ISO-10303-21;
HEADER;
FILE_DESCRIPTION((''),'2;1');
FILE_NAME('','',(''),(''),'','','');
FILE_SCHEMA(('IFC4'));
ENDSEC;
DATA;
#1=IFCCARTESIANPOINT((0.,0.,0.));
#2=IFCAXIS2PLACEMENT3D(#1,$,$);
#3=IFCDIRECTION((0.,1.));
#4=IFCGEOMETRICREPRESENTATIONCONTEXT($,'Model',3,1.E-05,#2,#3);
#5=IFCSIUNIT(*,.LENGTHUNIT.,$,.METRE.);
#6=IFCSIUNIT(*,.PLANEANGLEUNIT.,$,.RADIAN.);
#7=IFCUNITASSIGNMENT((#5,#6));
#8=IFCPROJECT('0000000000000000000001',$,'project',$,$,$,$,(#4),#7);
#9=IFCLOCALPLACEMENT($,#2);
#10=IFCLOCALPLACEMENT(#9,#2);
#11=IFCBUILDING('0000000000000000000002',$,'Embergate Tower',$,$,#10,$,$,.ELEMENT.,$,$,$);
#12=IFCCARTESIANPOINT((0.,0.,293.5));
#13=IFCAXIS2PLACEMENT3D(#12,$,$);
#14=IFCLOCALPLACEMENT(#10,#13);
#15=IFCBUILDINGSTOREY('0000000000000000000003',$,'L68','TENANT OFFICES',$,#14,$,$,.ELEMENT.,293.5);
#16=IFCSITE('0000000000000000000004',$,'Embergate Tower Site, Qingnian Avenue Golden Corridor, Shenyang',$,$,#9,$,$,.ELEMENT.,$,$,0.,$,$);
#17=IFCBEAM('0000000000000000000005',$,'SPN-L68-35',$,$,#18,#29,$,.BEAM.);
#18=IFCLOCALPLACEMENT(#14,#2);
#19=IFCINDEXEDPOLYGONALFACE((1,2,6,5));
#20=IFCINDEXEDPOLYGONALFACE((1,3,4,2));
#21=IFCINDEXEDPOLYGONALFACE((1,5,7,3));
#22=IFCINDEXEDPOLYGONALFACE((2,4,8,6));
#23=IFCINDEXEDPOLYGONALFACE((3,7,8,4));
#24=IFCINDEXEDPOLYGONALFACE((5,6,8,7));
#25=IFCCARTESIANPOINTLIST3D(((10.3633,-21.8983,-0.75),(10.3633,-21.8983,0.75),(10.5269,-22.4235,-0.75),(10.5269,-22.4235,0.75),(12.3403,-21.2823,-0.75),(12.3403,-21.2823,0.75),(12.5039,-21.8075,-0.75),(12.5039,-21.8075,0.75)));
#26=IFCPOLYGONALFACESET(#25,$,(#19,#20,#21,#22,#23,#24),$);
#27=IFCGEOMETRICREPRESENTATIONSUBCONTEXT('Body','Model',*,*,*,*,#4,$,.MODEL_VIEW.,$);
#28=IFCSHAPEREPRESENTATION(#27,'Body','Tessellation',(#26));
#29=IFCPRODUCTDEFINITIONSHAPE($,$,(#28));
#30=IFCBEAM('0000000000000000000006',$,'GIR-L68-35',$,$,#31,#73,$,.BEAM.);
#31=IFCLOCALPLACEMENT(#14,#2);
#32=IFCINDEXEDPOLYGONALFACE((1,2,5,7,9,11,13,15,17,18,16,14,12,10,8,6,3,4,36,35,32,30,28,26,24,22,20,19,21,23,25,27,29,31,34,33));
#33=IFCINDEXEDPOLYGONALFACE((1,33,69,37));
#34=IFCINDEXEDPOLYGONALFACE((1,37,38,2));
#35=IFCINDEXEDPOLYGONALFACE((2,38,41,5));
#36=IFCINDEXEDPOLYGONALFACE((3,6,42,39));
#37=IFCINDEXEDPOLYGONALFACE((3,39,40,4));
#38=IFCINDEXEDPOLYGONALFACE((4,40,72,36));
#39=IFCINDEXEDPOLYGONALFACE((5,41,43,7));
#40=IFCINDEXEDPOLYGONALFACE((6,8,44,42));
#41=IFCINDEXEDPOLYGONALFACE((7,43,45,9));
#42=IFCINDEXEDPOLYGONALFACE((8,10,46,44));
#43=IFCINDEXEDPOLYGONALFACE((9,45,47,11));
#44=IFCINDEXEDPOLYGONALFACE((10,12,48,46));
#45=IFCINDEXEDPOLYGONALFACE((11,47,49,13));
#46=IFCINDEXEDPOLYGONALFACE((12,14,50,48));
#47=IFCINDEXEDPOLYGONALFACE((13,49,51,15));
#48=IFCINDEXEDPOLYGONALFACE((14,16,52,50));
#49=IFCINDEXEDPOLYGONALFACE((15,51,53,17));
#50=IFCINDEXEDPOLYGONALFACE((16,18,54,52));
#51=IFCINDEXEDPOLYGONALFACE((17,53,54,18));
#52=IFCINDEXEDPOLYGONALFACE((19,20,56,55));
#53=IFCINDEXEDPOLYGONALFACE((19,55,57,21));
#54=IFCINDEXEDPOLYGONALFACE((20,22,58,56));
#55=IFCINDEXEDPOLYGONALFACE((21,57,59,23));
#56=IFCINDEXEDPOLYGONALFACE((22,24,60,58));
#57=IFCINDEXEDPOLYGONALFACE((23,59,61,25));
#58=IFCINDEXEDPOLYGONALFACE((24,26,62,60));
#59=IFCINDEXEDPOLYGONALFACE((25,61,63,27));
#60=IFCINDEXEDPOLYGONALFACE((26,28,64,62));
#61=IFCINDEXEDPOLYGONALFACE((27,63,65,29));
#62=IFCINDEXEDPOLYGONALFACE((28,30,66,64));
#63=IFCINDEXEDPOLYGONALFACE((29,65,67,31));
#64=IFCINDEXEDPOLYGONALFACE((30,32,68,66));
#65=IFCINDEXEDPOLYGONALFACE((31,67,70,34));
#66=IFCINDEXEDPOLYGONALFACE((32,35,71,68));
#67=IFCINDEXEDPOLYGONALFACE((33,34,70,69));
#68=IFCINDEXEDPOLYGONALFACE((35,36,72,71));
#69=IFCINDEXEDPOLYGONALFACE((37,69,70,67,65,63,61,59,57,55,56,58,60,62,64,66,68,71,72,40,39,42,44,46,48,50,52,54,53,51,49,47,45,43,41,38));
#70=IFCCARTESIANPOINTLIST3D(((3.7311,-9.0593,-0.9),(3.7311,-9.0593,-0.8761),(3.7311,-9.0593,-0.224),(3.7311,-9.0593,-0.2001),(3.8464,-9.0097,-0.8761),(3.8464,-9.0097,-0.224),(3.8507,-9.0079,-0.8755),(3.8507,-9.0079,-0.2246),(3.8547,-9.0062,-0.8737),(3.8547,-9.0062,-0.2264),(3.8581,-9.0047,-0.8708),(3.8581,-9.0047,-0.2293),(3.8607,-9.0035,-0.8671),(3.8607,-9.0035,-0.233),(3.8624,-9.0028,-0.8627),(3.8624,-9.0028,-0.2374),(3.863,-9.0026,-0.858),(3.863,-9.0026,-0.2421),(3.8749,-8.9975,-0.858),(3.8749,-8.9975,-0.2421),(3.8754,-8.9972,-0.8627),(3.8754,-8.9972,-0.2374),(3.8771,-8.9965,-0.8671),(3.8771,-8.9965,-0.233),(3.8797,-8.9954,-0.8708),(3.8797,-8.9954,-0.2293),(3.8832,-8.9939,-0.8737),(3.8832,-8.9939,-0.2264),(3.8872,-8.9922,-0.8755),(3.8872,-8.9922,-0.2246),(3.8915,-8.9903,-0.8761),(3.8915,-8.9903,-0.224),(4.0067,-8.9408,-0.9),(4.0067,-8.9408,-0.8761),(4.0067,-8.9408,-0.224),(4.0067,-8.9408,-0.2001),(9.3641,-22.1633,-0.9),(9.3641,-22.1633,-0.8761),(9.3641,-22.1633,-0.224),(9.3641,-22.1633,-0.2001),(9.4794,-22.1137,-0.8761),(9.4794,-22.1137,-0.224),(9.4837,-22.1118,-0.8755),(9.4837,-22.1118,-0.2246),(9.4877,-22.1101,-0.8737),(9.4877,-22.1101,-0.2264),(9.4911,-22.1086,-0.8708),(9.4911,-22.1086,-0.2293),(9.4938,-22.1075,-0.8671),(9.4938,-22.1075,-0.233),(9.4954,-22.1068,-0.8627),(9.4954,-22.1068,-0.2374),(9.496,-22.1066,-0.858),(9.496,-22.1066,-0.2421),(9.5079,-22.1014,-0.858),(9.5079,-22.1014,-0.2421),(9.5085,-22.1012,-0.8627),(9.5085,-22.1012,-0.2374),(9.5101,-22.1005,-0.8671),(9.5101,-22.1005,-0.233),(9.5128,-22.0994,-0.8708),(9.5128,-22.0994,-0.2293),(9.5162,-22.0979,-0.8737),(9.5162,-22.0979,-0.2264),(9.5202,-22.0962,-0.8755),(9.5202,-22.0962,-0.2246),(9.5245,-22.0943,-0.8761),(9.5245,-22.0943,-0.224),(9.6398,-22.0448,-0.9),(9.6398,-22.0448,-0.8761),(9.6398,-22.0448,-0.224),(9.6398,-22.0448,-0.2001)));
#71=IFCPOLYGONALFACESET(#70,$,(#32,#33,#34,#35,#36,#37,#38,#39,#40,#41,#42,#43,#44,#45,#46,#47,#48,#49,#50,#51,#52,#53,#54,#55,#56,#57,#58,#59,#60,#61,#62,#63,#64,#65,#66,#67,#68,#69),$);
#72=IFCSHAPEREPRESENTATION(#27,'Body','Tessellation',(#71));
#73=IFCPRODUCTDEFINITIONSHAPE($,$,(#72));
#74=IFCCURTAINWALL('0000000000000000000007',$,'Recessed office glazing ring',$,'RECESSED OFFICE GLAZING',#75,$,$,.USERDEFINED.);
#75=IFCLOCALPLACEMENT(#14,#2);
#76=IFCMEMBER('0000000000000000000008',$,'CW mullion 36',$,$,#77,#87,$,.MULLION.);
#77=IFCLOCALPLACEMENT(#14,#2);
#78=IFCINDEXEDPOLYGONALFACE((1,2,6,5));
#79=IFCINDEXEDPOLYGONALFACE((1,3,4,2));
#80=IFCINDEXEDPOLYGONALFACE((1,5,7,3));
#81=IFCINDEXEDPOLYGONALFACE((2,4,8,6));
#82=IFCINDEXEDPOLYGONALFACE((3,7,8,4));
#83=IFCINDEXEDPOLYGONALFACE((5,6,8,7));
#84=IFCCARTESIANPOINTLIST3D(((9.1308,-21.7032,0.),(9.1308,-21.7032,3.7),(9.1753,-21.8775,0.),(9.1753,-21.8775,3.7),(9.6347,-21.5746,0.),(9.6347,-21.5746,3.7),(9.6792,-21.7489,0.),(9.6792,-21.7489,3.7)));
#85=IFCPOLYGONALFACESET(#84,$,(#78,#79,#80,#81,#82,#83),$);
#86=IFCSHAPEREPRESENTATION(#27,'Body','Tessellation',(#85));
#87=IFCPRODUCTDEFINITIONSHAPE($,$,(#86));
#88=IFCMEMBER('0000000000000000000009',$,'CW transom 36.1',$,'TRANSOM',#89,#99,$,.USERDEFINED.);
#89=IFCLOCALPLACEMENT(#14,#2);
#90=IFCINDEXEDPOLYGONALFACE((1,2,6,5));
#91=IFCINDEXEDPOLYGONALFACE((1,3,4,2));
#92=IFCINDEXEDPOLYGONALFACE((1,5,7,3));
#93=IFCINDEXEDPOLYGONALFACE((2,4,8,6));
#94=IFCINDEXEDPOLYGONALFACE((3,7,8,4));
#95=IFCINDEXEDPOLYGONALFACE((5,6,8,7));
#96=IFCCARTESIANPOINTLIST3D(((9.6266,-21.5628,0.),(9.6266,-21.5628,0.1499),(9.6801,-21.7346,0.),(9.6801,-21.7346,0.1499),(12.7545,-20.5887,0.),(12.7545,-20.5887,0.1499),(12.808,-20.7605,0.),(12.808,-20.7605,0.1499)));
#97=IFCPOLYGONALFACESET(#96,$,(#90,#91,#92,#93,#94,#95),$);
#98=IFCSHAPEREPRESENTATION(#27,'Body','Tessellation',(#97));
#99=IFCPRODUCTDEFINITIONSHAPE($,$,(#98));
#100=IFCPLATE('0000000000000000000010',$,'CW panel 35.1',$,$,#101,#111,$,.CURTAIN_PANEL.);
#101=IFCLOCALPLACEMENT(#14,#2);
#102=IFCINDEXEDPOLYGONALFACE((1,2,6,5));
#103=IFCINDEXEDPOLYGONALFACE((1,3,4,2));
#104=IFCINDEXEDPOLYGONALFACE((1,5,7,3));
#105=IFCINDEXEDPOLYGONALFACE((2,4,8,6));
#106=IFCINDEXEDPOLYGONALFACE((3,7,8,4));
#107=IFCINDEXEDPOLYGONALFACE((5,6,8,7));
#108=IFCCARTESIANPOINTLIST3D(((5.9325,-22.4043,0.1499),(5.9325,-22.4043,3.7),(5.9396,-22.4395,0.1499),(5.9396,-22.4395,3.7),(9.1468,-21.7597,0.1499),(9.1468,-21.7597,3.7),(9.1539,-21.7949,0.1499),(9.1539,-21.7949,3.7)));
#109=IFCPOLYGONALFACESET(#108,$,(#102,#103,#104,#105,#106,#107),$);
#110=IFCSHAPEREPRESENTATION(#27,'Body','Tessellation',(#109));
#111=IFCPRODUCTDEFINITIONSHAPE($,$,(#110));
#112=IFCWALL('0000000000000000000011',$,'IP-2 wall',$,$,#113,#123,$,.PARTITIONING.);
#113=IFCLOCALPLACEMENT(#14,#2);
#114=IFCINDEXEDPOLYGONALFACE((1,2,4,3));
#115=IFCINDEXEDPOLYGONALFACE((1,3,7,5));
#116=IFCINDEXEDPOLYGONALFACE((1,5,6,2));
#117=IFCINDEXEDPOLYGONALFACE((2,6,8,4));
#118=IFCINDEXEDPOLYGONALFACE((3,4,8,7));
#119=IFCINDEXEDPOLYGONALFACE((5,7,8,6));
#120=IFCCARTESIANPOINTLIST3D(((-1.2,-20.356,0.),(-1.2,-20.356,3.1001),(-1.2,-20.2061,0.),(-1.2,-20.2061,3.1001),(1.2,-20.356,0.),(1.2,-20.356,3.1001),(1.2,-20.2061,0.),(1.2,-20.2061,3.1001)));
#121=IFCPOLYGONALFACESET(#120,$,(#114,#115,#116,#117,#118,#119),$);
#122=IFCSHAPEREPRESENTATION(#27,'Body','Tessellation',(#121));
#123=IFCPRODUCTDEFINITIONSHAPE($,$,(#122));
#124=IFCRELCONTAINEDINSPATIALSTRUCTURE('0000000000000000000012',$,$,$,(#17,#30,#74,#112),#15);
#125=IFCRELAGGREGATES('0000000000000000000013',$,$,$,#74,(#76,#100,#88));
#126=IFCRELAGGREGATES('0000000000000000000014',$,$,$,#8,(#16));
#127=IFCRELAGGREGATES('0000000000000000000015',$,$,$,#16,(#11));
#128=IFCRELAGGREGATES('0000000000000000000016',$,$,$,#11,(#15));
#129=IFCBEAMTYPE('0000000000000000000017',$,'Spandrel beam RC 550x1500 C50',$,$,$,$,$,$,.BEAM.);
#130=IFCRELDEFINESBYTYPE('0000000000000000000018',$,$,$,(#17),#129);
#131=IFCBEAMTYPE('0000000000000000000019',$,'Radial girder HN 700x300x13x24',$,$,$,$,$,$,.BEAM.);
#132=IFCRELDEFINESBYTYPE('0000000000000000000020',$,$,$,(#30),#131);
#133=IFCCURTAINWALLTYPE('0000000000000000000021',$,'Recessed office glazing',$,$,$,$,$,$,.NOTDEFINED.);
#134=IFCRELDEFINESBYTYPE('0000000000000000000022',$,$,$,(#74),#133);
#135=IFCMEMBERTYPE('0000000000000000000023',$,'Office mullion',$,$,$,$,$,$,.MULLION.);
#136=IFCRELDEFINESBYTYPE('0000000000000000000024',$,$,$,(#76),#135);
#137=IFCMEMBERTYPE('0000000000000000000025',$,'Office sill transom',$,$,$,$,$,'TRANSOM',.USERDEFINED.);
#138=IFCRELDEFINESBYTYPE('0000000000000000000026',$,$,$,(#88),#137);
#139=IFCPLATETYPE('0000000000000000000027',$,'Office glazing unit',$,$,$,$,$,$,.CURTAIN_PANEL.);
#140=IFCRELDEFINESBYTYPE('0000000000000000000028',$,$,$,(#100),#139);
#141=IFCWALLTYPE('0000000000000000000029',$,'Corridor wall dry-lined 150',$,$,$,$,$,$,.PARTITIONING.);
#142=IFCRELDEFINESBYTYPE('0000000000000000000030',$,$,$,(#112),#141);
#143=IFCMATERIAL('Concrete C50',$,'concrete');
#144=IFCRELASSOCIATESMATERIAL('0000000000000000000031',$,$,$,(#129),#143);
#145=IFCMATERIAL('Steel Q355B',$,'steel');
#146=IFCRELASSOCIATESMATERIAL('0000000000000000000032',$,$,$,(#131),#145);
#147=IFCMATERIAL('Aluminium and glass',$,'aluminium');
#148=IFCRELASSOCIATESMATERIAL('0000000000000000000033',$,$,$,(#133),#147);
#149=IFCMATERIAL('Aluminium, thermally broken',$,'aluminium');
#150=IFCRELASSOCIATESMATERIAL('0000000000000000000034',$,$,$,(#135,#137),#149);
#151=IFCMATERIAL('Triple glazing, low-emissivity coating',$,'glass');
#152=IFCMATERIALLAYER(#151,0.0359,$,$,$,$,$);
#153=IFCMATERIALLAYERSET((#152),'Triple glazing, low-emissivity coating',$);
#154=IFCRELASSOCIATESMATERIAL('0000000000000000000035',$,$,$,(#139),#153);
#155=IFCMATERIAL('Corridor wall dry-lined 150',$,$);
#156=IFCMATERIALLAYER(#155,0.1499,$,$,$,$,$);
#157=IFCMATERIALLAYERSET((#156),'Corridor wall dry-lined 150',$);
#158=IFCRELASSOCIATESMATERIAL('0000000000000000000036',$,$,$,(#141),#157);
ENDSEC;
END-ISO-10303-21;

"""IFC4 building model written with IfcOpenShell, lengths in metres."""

from ifc_helpers import new_model, si_unit, direction, frame, frame_2d, origin, origin_2d, place, context, subcontext, project, spatial, rectangle, i_section, extrude, source, transform, mapped, material, layer, layer_set, material_profile, profile_set, type_object, element, aggregate, save


model = new_model("IFC4")

# Units and contexts
model_context = context("Model", 3, precision=1e-05, world=origin(), true_north=direction((0.0, 1.0)))
body_context = subcontext(model_context, "Body", "Model", "MODEL_VIEW")
ifc_project = project(units=[si_unit("LENGTHUNIT", "METRE"), si_unit("PLANEANGLEUNIT", "RADIAN")], contexts=[model_context])

# Site, building, storey
site_placement = place(None, origin())
site = spatial("IfcSite", under=ifc_project, at=site_placement, Name="Embergate Tower Site, Qingnian Avenue Golden Corridor, Shenyang", CompositionType="ELEMENT", RefElevation=0.0)
building_placement = place(site_placement, origin())
building = spatial("IfcBuilding", under=site, at=building_placement, Name="Embergate Tower", CompositionType="ELEMENT")
storey_placement = place(building_placement, frame((0.0, 0.0, 293.5)))
storey = spatial("IfcBuildingStorey", under=building, at=storey_placement, Name="L68", Description="TENANT OFFICES", CompositionType="ELEMENT", Elevation=293.5)

# Beams
ifc_material_1 = material(Name="Concrete C50", Category="concrete")
ifc_material_profile_1 = material_profile(ifc_material_1, rectangle(XDim=0.55, YDim=1.5, at=origin_2d()), Name="RC 550x1500")
ifc_profile_set_1 = profile_set([ifc_material_profile_1], Name="Concrete C50")
beam_type_1 = type_object("IfcBeamType", Name="Spandrel beam RC 550x1500 C50", PredefinedType="BEAM", material=ifc_profile_set_1)
shared_shape_1 = source(origin(), body_context, "Body", "SweptSolid", [
    extrude(rectangle(XDim=0.55, YDim=1.5, at=origin_2d()), origin(), (0.0, 0.0, 1.0), 2.0708),
])
beam_1_placement = place(storey_placement, frame((10.4451, -22.1609, 0.0), z_axis=(0.954736, 0.297456, 0.0), x_axis=(-0.297456, 0.954736, 0.0)))
element("IfcBeam", 1, at=beam_1_placement, inside=storey, type_object=beam_type_1, Name="SPN-L68-35", PredefinedType="BEAM", context=body_context, shape_type="MappedRepresentation", body=[
    mapped(shared_shape_1, transform((0.0, 0.0, 0.0))),
])
ifc_material_2 = material(Name="Steel Q355B", Category="steel")
ifc_material_profile_2 = material_profile(ifc_material_2, i_section(OverallWidth=0.3, OverallDepth=0.7, WebThickness=0.0129, FlangeThickness=0.0239, FilletRadius=0.0181, at=origin_2d()), Name="HN 700x300x13x24")
ifc_profile_set_2 = profile_set([ifc_material_profile_2], Name="Steel Q355 grade B")
beam_type_2 = type_object("IfcBeamType", Name="Radial girder HN 700x300x13x24", PredefinedType="BEAM", material=ifc_profile_set_2)
shared_shape_2 = source(origin(), body_context, "Body", "SweptSolid", [
    extrude(i_section(OverallWidth=0.3, OverallDepth=0.7, WebThickness=0.0129, FlangeThickness=0.0239, FilletRadius=0.0181, at=origin_2d()), origin(), (0.0, 0.0, 1.0), 14.2634),
])
beam_2_placement = place(storey_placement, frame((9.502, -22.104, -0.55), z_axis=(-0.394929, 0.918712, 0.0), x_axis=(-0.918712, -0.394929, 0.0)))
element("IfcBeam", 2, at=beam_2_placement, inside=storey, type_object=beam_type_2, Name="GIR-L68-35", PredefinedType="BEAM", context=body_context, shape_type="MappedRepresentation", body=[
    mapped(shared_shape_2, transform((0.0, 0.0, 0.0))),
])

# Curtain wall, members, plate
ifc_material_3 = material(Name="Aluminium and glass", Category="aluminium")
curtain_wall_type = type_object("IfcCurtainWallType", Name="Recessed office glazing", PredefinedType="NOTDEFINED", material=ifc_material_3)
curtain_wall_placement = place(storey_placement, origin())
curtain_wall = element("IfcCurtainWall", 3, at=curtain_wall_placement, inside=storey, type_object=curtain_wall_type, Name="Recessed office glazing ring", ObjectType="RECESSED OFFICE GLAZING", PredefinedType="USERDEFINED")
ifc_material_4 = material(Name="Aluminium, thermally broken", Category="aluminium")
ifc_material_profile_3 = material_profile(ifc_material_4, rectangle(XDim=0.1799, YDim=0.52, at=origin_2d()), Name="AL 520x180")
ifc_profile_set_3 = profile_set([ifc_material_profile_3], Name="Aluminium, thermally broken")
member_type_1 = type_object("IfcMemberType", Name="Office mullion", PredefinedType="MULLION", material=ifc_profile_set_3)
shared_shape_3 = source(origin(), body_context, "Body", "SweptSolid", [
    extrude(rectangle(XDim=0.1799, YDim=0.52, at=origin_2d()), origin(), (0.0, 0.0, 1.0), 3.7),
])
member_1_placement = place(storey_placement, frame((9.405, -21.7261, 0.0), z_axis=(0.0, 0.0, 1.0), x_axis=(-0.247312, 0.968936, 0.0)))
member_1 = element("IfcMember", 4, at=member_1_placement, type_object=member_type_1, Name="CW mullion 36", PredefinedType="MULLION", context=body_context, shape_type="MappedRepresentation", body=[
    mapped(shared_shape_3, transform((0.0, 0.0, 0.0))),
])
ifc_material_profile_4 = material_profile(ifc_material_4, rectangle(XDim=0.1799, YDim=0.1499, at=origin_2d()), Name="AL 150x180")
ifc_profile_set_4 = profile_set([ifc_material_profile_4], Name="Aluminium, thermally broken")
member_type_2 = type_object("IfcMemberType", Name="Office sill transom", ElementType="TRANSOM", PredefinedType="USERDEFINED", material=ifc_profile_set_4)
shared_shape_4 = source(origin(), body_context, "Body", "SweptSolid", [
    extrude(rectangle(XDim=0.1799, YDim=0.1499, at=origin_2d()), origin(), (0.0, 0.0, 1.0), 3.2761),
])
member_2_placement = place(storey_placement, frame((9.6533, -21.6487, 0.075), z_axis=(0.954771, 0.297341, 0.0), x_axis=(-0.297341, 0.954771, 0.0)))
member_2 = element("IfcMember", 5, at=member_2_placement, type_object=member_type_2, Name="CW transom 36.1", ObjectType="TRANSOM", PredefinedType="USERDEFINED", context=body_context, shape_type="MappedRepresentation", body=[
    mapped(shared_shape_4, transform((0.0, 0.0, 0.0))),
])
ifc_material_5 = material(Name="Triple glazing, low-emissivity coating", Category="glass")
ifc_layer_1 = layer(ifc_material_5, 0.0359)
ifc_layer_set_1 = layer_set([ifc_layer_1], Name="Triple glazing, low-emissivity coating")
plate_type = type_object("IfcPlateType", Name="Office glazing unit", PredefinedType="CURTAIN_PANEL", material=ifc_layer_set_1)
shared_shape_5 = source(origin(), body_context, "Body", "SweptSolid", [
    extrude(rectangle(XDim=3.2783, YDim=0.0359, at=origin_2d()), origin(), (0.0, 0.0, 1.0), 3.55),
])
plate_placement = place(storey_placement, frame((7.5432, -22.0996, 0.1499), z_axis=(0.0, 0.0, 1.0), x_axis=(0.980476, 0.196641, 0.0)))
plate = element("IfcPlate", 6, at=plate_placement, type_object=plate_type, Name="CW panel 35.1", PredefinedType="CURTAIN_PANEL", context=body_context, shape_type="MappedRepresentation", body=[
    mapped(shared_shape_5, transform((0.0, 0.0, 0.0))),
])
aggregate(curtain_wall, [member_1, plate, member_2])

# Wall
ifc_material_6 = material(Name="Corridor wall dry-lined 150")
ifc_layer_2 = layer(ifc_material_6, 0.1499)
ifc_layer_set_2 = layer_set([ifc_layer_2], Name="Corridor wall dry-lined 150")
wall_type_1 = type_object("IfcWallType", Name="Corridor wall dry-lined 150", PredefinedType="PARTITIONING", material=ifc_layer_set_2)
shared_shape_6 = source(origin(), body_context, "Body", "SweptSolid", [
    extrude(rectangle(XDim=2.3999, YDim=0.1499, at=frame_2d((1.2, 0.0))), origin(), (0.0, 0.0, 1.0), 3.1001),
])
wall_1_placement = place(storey_placement, frame((1.2, -20.281, 0.0), z_axis=(0.0, 0.0, 1.0), x_axis=(-1.0, 0.0, 0.0)))
element("IfcWall", 7, at=wall_1_placement, inside=storey, type_object=wall_type_1, Name="IP-2 wall", PredefinedType="PARTITIONING", context=body_context, shape_type="MappedRepresentation", body=[
    mapped(shared_shape_6, transform((0.0, 0.0, 0.0))),
])

save(model, "model.ifc")
